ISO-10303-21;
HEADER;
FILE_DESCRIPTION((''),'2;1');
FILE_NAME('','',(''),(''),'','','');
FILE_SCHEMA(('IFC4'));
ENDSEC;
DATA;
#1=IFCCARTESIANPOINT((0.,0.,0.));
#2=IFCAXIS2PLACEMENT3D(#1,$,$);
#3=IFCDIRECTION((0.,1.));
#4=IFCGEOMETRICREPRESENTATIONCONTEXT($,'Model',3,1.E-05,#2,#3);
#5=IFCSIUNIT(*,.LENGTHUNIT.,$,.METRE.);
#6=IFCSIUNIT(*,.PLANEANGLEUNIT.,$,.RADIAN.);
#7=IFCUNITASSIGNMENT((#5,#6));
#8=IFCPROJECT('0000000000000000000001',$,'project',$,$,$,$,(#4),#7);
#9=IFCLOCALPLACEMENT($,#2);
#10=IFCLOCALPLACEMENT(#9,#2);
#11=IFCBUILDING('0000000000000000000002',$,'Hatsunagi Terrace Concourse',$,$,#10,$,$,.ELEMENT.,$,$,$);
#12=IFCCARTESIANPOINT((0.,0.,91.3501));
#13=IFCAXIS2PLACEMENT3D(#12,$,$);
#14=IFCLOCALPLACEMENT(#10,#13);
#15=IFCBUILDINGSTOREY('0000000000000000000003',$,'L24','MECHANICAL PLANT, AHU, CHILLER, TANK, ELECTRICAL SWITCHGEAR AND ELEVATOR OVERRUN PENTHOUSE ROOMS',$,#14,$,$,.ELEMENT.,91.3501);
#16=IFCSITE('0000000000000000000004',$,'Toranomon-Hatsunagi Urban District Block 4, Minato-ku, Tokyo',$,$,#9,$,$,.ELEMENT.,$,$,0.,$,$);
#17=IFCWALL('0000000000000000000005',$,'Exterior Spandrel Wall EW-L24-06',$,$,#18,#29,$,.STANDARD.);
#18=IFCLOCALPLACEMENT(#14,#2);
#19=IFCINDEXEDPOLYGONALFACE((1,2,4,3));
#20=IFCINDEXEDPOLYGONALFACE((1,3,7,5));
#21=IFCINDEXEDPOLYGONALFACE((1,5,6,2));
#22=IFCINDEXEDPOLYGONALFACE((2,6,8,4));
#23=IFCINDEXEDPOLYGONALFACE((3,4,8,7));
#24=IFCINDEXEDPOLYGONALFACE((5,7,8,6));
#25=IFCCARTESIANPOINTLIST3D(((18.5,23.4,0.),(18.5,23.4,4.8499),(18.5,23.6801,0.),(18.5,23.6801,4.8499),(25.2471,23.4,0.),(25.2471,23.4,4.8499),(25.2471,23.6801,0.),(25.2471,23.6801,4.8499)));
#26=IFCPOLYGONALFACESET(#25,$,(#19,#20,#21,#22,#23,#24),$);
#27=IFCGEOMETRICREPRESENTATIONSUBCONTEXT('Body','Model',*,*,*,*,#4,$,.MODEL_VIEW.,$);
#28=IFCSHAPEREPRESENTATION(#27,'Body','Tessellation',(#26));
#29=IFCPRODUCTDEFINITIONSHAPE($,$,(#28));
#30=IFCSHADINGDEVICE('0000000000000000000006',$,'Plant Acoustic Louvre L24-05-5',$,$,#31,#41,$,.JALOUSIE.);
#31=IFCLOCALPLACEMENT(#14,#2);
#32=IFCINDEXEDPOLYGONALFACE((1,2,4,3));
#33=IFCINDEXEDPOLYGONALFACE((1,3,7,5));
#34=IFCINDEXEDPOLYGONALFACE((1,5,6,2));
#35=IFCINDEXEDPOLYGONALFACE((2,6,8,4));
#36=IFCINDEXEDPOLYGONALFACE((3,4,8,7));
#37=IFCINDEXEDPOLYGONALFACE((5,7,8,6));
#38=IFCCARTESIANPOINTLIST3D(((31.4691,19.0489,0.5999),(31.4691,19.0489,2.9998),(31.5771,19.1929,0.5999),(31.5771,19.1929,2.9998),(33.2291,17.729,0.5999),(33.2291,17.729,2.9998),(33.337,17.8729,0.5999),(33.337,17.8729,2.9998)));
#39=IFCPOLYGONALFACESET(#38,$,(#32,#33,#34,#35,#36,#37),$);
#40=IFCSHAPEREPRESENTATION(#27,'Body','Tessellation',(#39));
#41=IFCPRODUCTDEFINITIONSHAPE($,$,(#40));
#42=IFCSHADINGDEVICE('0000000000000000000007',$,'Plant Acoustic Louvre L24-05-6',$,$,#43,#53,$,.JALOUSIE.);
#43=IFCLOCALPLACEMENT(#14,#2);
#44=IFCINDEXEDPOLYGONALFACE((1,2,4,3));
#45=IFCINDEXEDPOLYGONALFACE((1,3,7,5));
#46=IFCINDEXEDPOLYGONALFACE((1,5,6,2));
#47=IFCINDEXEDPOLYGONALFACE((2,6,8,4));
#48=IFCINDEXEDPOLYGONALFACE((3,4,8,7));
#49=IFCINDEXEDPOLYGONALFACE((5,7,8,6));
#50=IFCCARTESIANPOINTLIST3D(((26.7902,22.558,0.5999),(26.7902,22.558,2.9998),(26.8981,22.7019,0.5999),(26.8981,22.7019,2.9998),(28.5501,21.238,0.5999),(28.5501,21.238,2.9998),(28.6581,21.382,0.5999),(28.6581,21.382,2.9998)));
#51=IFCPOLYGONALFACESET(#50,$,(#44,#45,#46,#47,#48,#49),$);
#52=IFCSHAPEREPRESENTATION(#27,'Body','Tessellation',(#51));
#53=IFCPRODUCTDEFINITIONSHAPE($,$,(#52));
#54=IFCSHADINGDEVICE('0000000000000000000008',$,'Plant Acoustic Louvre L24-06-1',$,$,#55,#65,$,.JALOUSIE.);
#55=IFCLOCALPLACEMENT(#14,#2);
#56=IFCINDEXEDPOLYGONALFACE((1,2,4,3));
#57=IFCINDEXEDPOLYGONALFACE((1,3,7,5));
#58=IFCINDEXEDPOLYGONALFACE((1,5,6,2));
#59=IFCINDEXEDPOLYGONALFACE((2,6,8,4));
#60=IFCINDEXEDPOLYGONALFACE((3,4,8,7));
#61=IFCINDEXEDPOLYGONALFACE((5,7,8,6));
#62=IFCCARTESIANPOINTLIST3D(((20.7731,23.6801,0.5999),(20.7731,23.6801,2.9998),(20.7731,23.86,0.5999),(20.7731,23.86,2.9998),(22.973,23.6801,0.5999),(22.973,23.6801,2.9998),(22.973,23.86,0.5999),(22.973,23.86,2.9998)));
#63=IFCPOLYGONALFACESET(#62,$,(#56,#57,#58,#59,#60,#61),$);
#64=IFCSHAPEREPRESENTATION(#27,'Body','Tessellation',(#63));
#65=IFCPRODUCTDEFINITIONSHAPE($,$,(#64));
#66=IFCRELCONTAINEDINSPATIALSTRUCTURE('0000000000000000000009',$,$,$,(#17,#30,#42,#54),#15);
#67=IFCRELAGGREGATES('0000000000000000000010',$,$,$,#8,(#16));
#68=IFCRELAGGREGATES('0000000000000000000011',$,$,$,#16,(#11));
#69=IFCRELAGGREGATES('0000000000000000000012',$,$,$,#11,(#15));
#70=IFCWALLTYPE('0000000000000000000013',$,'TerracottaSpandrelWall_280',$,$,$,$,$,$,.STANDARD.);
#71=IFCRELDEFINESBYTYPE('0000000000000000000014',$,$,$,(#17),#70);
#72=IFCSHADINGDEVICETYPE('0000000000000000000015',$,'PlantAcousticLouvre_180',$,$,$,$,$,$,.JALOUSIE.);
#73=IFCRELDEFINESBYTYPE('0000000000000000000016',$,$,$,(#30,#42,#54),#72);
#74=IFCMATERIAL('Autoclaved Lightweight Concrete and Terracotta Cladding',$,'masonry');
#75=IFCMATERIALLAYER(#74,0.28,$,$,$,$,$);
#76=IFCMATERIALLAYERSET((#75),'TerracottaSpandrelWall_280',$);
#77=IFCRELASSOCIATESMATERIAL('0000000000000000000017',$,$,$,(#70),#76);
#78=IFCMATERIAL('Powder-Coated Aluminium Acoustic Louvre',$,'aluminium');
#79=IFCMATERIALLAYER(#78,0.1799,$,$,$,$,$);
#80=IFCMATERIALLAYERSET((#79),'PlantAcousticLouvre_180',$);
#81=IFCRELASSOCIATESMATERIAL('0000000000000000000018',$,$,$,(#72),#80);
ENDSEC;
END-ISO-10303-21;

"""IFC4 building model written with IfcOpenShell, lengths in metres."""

from ifc_helpers import new_model, si_unit, direction, frame, frame_2d, origin, origin_2d, place, context, subcontext, project, spatial, rectangle, extrude, material, layer, layer_set, type_object, element, save


model = new_model("IFC4")

# Units and contexts
model_context = context("Model", 3, precision=1e-05, world=origin(), true_north=direction((0.0, 1.0)))
body_context = subcontext(model_context, "Body", "Model", "MODEL_VIEW")
ifc_project = project(units=[si_unit("LENGTHUNIT", "METRE"), si_unit("PLANEANGLEUNIT", "RADIAN")], contexts=[model_context])

# Site, building, storey
site_placement = place(None, origin())
site = spatial("IfcSite", under=ifc_project, at=site_placement, Name="Toranomon-Hatsunagi Urban District Block 4, Minato-ku, Tokyo", CompositionType="ELEMENT", RefElevation=0.0)
building_placement = place(site_placement, origin())
building = spatial("IfcBuilding", under=site, at=building_placement, Name="Hatsunagi Terrace Concourse", CompositionType="ELEMENT")
storey_placement = place(building_placement, frame((0.0, 0.0, 91.3501)))
storey = spatial("IfcBuildingStorey", under=building, at=storey_placement, Name="L24", Description="MECHANICAL PLANT, AHU, CHILLER, TANK, ELECTRICAL SWITCHGEAR AND ELEVATOR OVERRUN PENTHOUSE ROOMS", CompositionType="ELEMENT", Elevation=91.3501)

# Wall
ifc_material_1 = material(Name="Autoclaved Lightweight Concrete and Terracotta Cladding", Category="masonry")
ifc_layer_1 = layer(ifc_material_1, 0.28)
ifc_layer_set_1 = layer_set([ifc_layer_1], Name="TerracottaSpandrelWall_280")
wall_type_1 = type_object("IfcWallType", Name="TerracottaSpandrelWall_280", PredefinedType="STANDARD", material=ifc_layer_set_1)
wall_1_placement = place(storey_placement, frame((25.2471, 23.54, 0.0), z_axis=(0.0, 0.0, 1.0), x_axis=(-1.0, 0.0, 0.0)))
element("IfcWall", 1, at=wall_1_placement, inside=storey, type_object=wall_type_1, Name="Exterior Spandrel Wall EW-L24-06", PredefinedType="STANDARD", context=body_context, shape_type="SweptSolid", body=[
    extrude(rectangle(XDim=6.7471, YDim=0.28, at=frame_2d((3.3735, 0.0))), origin(), (0.0, 0.0, 1.0), 4.8499),
])

# Shading devices
ifc_material_2 = material(Name="Powder-Coated Aluminium Acoustic Louvre", Category="aluminium")
ifc_layer_2 = layer(ifc_material_2, 0.1799)
ifc_layer_set_2 = layer_set([ifc_layer_2], Name="PlantAcousticLouvre_180")
shading_device_type = type_object("IfcShadingDeviceType", Name="PlantAcousticLouvre_180", PredefinedType="JALOUSIE", material=ifc_layer_set_2)
for number, where, z_axis, x_axis, name in (
    (2, (32.4031, 18.4609, 0.5999), (0.0, 0.0, 1.0), (-0.800003, 0.599996, 0.0), "Plant Acoustic Louvre L24-05-5"),
    (3, (27.7241, 21.97, 0.5999), (0.0, 0.0, 1.0), (-0.800003, 0.599996, 0.0), "Plant Acoustic Louvre L24-05-6"),
    (4, (21.873, 23.77, 0.5999), (0.0, 0.0, 1.0), (-1.0, 0.0, 0.0), "Plant Acoustic Louvre L24-06-1"),
):
    element("IfcShadingDevice", number, at=place(storey_placement, frame(where, z_axis=z_axis, x_axis=x_axis)), inside=storey, type_object=shading_device_type, Name=name, PredefinedType="JALOUSIE", context=body_context, shape_type="SweptSolid", body=[
        extrude(rectangle(XDim=2.2, YDim=0.1799, at=origin_2d()), origin(), (0.0, 0.0, 1.0), 2.3999),
    ])

save(model, "model.ifc")
